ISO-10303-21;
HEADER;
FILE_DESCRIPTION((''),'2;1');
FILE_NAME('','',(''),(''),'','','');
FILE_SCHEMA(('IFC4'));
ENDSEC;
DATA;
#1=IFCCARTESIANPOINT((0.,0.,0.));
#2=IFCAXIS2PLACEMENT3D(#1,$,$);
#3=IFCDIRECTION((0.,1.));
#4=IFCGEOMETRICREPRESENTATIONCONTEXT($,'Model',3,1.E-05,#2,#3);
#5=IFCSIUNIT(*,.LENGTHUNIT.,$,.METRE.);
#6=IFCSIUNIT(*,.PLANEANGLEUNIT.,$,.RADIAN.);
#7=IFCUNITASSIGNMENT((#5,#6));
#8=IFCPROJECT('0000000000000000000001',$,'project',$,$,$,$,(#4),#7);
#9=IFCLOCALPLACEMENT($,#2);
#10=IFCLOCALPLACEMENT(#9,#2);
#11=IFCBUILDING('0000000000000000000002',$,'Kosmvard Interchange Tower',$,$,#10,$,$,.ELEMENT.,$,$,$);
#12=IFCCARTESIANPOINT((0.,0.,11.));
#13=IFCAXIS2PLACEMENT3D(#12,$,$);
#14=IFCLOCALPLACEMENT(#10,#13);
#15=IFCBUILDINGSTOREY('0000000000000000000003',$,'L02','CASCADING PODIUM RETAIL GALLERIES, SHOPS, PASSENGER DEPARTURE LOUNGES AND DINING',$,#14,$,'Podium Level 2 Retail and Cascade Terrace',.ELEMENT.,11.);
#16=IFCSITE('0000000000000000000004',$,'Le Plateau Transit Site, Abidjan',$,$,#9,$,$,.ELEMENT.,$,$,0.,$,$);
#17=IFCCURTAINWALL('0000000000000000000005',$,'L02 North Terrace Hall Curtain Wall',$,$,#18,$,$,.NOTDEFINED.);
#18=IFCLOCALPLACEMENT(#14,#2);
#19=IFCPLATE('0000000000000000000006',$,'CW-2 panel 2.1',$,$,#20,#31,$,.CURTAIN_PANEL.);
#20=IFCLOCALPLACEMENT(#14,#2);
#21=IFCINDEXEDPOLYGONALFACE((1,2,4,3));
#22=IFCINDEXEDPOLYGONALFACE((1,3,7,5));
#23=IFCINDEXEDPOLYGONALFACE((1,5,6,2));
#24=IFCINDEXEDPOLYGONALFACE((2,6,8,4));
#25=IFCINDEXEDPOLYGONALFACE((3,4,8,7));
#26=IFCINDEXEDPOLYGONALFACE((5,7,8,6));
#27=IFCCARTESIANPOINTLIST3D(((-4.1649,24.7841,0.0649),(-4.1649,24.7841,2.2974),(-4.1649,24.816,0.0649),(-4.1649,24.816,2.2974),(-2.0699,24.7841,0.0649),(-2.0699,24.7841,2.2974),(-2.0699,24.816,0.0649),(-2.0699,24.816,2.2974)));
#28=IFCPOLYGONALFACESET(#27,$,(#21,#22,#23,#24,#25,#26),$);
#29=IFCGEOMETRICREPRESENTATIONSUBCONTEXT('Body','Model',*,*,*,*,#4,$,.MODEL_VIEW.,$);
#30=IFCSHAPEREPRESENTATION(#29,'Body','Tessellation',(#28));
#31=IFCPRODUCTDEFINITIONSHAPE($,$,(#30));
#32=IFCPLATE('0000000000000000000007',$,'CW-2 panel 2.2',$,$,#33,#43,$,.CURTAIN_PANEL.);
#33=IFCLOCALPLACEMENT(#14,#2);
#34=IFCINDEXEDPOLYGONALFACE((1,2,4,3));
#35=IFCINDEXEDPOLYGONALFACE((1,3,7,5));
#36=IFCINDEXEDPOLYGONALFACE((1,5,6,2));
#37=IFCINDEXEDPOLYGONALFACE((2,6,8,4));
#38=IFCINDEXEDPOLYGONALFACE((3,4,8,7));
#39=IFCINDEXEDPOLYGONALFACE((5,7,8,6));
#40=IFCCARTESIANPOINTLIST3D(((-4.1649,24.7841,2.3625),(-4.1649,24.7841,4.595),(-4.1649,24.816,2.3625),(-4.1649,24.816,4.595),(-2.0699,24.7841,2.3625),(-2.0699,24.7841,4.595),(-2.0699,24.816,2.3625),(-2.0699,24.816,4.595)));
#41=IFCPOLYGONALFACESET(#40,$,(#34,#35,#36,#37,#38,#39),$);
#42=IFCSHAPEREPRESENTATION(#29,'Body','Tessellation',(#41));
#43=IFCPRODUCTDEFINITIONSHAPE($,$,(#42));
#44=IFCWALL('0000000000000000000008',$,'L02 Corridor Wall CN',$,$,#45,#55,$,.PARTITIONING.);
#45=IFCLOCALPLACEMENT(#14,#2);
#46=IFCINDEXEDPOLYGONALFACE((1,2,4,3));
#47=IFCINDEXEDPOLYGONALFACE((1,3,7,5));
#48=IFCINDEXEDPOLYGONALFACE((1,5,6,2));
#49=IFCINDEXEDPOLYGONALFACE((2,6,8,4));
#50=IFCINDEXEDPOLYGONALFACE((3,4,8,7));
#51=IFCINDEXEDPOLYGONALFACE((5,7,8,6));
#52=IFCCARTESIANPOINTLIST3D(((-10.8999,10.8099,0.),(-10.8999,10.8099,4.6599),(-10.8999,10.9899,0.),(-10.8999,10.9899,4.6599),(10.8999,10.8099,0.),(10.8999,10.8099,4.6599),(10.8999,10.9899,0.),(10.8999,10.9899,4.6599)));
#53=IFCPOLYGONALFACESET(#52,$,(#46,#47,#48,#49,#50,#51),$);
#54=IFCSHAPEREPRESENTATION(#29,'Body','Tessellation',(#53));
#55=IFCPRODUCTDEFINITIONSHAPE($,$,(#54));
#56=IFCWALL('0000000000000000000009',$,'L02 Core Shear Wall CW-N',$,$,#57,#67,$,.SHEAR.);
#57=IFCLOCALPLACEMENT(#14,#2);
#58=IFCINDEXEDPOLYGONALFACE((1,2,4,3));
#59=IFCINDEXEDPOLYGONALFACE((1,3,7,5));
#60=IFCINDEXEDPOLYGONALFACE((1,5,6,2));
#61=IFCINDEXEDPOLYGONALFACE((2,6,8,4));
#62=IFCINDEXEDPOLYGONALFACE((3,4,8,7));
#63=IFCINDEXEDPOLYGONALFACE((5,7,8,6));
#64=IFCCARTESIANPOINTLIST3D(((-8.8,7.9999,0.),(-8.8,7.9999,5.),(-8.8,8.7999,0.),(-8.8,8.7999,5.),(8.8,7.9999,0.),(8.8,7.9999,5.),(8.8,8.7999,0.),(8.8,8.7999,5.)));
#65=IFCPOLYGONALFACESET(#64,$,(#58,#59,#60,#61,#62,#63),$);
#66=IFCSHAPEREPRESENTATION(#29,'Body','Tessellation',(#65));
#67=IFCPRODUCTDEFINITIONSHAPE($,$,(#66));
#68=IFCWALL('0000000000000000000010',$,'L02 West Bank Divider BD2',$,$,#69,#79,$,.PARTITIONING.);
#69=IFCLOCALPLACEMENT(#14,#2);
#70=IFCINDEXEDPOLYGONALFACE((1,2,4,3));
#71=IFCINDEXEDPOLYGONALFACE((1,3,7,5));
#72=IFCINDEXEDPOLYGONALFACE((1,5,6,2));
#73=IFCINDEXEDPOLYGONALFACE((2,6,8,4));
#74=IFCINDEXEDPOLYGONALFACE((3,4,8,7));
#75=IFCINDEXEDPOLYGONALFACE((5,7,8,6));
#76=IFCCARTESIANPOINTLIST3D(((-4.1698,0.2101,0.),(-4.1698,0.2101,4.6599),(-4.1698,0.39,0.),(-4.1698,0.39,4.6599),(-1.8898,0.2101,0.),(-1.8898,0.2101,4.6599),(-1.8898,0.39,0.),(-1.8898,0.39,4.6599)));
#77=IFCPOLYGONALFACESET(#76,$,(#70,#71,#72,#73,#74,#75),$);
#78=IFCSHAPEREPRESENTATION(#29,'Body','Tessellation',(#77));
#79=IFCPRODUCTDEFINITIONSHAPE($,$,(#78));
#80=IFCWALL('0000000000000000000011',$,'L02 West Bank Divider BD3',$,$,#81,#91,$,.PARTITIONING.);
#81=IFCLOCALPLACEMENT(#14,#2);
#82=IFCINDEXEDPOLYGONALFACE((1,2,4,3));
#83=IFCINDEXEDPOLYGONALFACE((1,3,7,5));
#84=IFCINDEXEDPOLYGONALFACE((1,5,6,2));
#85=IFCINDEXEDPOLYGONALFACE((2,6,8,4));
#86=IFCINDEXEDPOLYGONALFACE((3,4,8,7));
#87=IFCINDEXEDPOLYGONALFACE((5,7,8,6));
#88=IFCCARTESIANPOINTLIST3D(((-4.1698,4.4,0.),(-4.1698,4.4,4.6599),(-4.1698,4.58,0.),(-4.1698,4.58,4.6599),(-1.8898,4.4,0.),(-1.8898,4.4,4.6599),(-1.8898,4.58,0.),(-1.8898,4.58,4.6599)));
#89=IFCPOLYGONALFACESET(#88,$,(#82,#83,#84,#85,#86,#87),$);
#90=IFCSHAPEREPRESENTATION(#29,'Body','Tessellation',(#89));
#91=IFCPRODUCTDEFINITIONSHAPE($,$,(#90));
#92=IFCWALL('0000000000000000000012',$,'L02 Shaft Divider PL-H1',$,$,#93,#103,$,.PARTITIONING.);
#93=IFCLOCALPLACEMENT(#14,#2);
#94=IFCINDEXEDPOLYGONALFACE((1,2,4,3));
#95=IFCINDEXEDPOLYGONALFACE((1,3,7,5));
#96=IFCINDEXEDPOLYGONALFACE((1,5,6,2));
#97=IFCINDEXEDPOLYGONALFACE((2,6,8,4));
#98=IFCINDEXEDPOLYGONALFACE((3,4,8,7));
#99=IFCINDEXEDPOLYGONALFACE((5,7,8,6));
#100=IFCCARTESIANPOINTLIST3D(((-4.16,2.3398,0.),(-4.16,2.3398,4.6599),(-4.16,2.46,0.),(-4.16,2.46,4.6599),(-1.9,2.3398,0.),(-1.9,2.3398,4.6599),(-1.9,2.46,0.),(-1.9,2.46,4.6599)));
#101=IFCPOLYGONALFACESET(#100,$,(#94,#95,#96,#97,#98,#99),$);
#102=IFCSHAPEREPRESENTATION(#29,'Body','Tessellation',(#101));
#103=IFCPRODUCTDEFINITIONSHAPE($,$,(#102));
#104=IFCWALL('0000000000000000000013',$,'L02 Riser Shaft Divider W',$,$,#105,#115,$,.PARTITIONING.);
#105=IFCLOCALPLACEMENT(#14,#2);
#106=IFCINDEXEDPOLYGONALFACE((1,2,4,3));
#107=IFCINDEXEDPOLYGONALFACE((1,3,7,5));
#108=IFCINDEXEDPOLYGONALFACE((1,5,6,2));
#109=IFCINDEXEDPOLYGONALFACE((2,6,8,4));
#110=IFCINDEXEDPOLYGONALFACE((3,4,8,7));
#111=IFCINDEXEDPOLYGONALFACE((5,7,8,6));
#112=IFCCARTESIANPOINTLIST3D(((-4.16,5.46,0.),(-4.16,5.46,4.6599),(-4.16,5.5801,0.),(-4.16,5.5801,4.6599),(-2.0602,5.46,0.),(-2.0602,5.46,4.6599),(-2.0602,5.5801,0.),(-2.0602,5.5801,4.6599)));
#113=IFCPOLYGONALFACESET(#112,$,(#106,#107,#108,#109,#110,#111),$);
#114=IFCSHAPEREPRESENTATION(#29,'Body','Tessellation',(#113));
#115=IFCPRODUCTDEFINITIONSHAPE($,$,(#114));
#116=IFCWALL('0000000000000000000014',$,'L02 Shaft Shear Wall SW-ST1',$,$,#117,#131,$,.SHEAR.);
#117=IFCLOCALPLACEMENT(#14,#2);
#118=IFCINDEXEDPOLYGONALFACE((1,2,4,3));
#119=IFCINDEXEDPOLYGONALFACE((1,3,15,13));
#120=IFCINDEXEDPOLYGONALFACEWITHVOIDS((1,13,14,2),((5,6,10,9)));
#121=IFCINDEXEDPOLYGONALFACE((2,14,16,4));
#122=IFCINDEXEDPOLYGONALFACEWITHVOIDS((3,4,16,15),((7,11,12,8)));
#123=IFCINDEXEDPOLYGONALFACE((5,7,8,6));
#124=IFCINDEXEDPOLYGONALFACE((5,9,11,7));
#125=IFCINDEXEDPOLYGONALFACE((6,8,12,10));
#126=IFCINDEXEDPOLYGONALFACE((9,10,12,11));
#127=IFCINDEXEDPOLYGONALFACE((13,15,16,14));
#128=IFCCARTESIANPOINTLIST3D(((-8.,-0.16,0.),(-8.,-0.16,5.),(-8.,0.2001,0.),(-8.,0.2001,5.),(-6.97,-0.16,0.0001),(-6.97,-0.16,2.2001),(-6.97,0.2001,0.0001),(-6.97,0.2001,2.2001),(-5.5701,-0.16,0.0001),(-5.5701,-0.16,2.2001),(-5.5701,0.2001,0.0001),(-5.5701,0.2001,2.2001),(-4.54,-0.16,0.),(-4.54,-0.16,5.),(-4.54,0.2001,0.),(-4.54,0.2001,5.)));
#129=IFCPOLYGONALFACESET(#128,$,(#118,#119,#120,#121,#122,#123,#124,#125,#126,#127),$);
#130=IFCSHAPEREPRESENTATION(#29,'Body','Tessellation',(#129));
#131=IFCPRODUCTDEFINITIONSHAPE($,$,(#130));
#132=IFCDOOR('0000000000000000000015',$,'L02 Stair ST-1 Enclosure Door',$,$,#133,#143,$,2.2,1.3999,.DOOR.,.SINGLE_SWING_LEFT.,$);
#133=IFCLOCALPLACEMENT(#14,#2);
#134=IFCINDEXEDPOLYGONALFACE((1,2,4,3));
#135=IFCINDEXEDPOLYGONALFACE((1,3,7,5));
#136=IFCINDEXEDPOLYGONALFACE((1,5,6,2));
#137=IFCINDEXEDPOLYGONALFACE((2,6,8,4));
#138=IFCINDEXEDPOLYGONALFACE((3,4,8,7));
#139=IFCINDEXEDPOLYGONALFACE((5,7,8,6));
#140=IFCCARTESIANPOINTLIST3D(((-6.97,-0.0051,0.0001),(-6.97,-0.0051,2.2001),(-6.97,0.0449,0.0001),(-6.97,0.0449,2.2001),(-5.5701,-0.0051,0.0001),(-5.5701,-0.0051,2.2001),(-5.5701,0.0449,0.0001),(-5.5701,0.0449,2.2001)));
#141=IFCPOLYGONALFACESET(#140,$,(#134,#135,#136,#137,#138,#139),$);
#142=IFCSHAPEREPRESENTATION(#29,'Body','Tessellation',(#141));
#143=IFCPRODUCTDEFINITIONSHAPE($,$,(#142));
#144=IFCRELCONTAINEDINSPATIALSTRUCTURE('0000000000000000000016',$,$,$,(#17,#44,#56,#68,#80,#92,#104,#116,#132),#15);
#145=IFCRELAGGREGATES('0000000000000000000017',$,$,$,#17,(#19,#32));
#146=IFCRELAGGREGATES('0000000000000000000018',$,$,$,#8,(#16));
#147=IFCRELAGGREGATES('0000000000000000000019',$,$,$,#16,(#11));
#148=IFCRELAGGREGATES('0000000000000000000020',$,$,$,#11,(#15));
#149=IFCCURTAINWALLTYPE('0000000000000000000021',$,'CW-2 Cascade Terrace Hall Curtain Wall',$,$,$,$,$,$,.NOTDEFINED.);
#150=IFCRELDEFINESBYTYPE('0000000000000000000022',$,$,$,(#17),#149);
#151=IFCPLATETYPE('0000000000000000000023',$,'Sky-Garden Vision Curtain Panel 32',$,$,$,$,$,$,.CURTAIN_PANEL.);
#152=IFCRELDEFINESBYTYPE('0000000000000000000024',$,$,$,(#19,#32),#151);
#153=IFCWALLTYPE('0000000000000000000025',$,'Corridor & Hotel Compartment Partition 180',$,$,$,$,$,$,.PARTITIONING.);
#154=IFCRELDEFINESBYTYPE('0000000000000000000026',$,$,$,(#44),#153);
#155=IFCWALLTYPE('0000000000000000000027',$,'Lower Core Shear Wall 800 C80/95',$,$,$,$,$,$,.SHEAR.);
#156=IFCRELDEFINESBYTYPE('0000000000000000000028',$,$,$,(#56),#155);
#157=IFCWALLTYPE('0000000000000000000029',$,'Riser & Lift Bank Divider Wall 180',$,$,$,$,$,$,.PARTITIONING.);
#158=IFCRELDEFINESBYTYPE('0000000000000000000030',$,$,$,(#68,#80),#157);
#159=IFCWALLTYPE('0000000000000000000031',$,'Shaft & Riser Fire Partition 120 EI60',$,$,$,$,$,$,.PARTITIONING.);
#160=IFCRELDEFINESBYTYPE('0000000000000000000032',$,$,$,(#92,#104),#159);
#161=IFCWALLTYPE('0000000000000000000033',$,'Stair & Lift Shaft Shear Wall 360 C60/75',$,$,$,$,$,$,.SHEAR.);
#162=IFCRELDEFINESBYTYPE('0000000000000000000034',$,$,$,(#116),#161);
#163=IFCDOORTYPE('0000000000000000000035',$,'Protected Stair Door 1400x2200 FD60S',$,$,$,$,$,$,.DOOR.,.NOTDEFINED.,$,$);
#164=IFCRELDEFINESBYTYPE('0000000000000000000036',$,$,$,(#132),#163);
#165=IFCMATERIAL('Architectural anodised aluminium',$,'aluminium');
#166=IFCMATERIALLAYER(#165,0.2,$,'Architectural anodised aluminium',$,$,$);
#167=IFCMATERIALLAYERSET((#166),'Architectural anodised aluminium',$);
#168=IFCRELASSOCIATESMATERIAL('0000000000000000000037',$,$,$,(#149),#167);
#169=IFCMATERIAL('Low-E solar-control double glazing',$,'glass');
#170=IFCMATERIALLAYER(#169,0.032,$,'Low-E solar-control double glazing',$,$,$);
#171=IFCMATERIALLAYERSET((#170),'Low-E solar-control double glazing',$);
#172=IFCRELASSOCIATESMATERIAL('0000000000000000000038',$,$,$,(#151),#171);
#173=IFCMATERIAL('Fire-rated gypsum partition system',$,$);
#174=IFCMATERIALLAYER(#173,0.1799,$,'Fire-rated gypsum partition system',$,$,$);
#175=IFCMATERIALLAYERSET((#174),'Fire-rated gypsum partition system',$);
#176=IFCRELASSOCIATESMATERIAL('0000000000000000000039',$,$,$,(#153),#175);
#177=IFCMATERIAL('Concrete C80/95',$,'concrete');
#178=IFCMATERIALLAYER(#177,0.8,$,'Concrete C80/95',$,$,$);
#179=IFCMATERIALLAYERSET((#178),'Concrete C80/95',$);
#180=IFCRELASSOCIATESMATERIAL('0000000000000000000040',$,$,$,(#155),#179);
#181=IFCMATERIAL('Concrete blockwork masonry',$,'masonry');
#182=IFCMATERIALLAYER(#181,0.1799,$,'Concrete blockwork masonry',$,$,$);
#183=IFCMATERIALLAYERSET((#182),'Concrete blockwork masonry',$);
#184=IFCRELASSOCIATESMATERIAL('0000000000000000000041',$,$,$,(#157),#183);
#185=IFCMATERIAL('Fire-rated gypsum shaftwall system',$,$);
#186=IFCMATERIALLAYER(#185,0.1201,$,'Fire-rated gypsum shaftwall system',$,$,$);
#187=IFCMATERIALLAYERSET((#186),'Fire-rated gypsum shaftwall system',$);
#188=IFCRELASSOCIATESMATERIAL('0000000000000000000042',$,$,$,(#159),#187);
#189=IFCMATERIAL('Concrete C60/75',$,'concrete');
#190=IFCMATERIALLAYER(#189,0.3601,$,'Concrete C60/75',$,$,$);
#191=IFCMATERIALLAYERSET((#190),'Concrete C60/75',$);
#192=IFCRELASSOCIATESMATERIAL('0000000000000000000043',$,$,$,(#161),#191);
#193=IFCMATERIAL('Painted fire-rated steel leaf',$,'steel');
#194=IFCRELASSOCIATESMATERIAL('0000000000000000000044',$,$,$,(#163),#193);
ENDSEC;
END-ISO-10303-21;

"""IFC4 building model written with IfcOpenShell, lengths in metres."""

from ifc_helpers import new_model, si_unit, direction, frame, frame_2d, origin, origin_2d, place, context, subcontext, project, spatial, rectangle, extrude, source, transform, mapped, material, layer, layer_set, type_object, element, fill, aggregate, save


model = new_model("IFC4")

# Units and contexts
model_context = context("Model", 3, precision=1e-05, world=origin(), true_north=direction((0.0, 1.0)))
body_context = subcontext(model_context, "Body", "Model", "MODEL_VIEW")
ifc_project = project(units=[si_unit("LENGTHUNIT", "METRE"), si_unit("PLANEANGLEUNIT", "RADIAN")], contexts=[model_context])

# Site, building, storey
site_placement = place(None, origin())
site = spatial("IfcSite", under=ifc_project, at=site_placement, Name="Le Plateau Transit Site, Abidjan", CompositionType="ELEMENT", RefElevation=0.0)
building_placement = place(site_placement, origin())
building = spatial("IfcBuilding", under=site, at=building_placement, Name="Kosmvard Interchange Tower", CompositionType="ELEMENT")
storey_placement = place(building_placement, frame((0.0, 0.0, 11.0)))
storey = spatial("IfcBuildingStorey", under=building, at=storey_placement, Name="L02", Description="CASCADING PODIUM RETAIL GALLERIES, SHOPS, PASSENGER DEPARTURE LOUNGES AND DINING", LongName="Podium Level 2 Retail and Cascade Terrace", CompositionType="ELEMENT", Elevation=11.0)

# Shared definitions
ifc_material_1 = material(Name="Concrete C80/95", Category="concrete")

# Shared definitions
ifc_material_2 = material(Name="Concrete C60/75", Category="concrete")

# Curtain wall, plates
ifc_material_3 = material(Name="Architectural anodised aluminium", Category="aluminium")
ifc_layer_1 = layer(ifc_material_3, 0.2, Name="Architectural anodised aluminium")
ifc_layer_set_1 = layer_set([ifc_layer_1], Name="Architectural anodised aluminium")
curtain_wall_type = type_object("IfcCurtainWallType", Name="CW-2 Cascade Terrace Hall Curtain Wall", PredefinedType="NOTDEFINED", material=ifc_layer_set_1)
curtain_wall_placement = place(storey_placement, origin())
curtain_wall = element("IfcCurtainWall", 1, at=curtain_wall_placement, inside=storey, type_object=curtain_wall_type, Name="L02 North Terrace Hall Curtain Wall", PredefinedType="NOTDEFINED")
ifc_material_4 = material(Name="Low-E solar-control double glazing", Category="glass")
ifc_layer_2 = layer(ifc_material_4, 0.032, Name="Low-E solar-control double glazing")
ifc_layer_set_2 = layer_set([ifc_layer_2], Name="Low-E solar-control double glazing")
plate_type = type_object("IfcPlateType", Name="Sky-Garden Vision Curtain Panel 32", PredefinedType="CURTAIN_PANEL", material=ifc_layer_set_2)
shared_shape_1 = source(origin(), body_context, "Body", "SweptSolid", [
    extrude(rectangle(XDim=2.095, YDim=0.032, at=origin_2d()), origin(), (0.0, 0.0, 1.0), 2.2324),
])
plate_1_placement = place(storey_placement, frame((-3.1174, 24.8, 0.0649), z_axis=(0.0, 0.0, 1.0), x_axis=(1.0, 0.0, 0.0)))
plate_1 = element("IfcPlate", 2, at=plate_1_placement, type_object=plate_type, Name="CW-2 panel 2.1", PredefinedType="CURTAIN_PANEL", context=body_context, shape_type="MappedRepresentation", body=[
    mapped(shared_shape_1, transform((0.0, 0.0, 0.0), scale=1.0)),
])
plate_2_placement = place(storey_placement, frame((-3.1174, 24.8, 2.3625), z_axis=(0.0, 0.0, 1.0), x_axis=(1.0, 0.0, 0.0)))
plate_2 = element("IfcPlate", 3, at=plate_2_placement, type_object=plate_type, Name="CW-2 panel 2.2", PredefinedType="CURTAIN_PANEL", context=body_context, shape_type="MappedRepresentation", body=[
    mapped(shared_shape_1, transform((0.0, 0.0, 0.0), scale=1.0)),
])
aggregate(curtain_wall, [plate_1, plate_2])

# Walls
ifc_material_5 = material(Name="Fire-rated gypsum partition system")
ifc_layer_3 = layer(ifc_material_5, 0.1799, Name="Fire-rated gypsum partition system")
ifc_layer_set_3 = layer_set([ifc_layer_3], Name="Fire-rated gypsum partition system")
wall_type_1 = type_object("IfcWallType", Name="Corridor & Hotel Compartment Partition 180", PredefinedType="PARTITIONING", material=ifc_layer_set_3)
wall_1_placement = place(storey_placement, frame((-10.8999, 10.8999, 0.0), z_axis=(0.0, 0.0, 1.0), x_axis=(1.0, 0.0, 0.0)))
element("IfcWall", 4, at=wall_1_placement, inside=storey, type_object=wall_type_1, Name="L02 Corridor Wall CN", PredefinedType="PARTITIONING", context=body_context, shape_type="SweptSolid", body=[
    extrude(rectangle(XDim=21.7998, YDim=0.1799, at=frame_2d((10.8999, 0.0))), origin(), (0.0, 0.0, 1.0), 4.6599),
])
ifc_layer_4 = layer(ifc_material_1, 0.8, Name="Concrete C80/95")
ifc_layer_set_4 = layer_set([ifc_layer_4], Name="Concrete C80/95")
wall_type_2 = type_object("IfcWallType", Name="Lower Core Shear Wall 800 C80/95", PredefinedType="SHEAR", material=ifc_layer_set_4)
wall_2_placement = place(storey_placement, frame((-8.8, 8.3999, 0.0), z_axis=(0.0, 0.0, 1.0), x_axis=(1.0, 0.0, 0.0)))
element("IfcWall", 5, at=wall_2_placement, inside=storey, type_object=wall_type_2, Name="L02 Core Shear Wall CW-N", PredefinedType="SHEAR", context=body_context, shape_type="SweptSolid", body=[
    extrude(rectangle(XDim=17.6001, YDim=0.8, at=frame_2d((8.8, 0.0))), origin(), (0.0, 0.0, 1.0), 5.0),
])
ifc_material_6 = material(Name="Concrete blockwork masonry", Category="masonry")
ifc_layer_5 = layer(ifc_material_6, 0.1799, Name="Concrete blockwork masonry")
ifc_layer_set_5 = layer_set([ifc_layer_5], Name="Concrete blockwork masonry")
wall_type_3 = type_object("IfcWallType", Name="Riser & Lift Bank Divider Wall 180", PredefinedType="PARTITIONING", material=ifc_layer_set_5)
for number, where, z_axis, x_axis, name in (
    (6, (-4.1699, 0.3, 0.0), (0.0, 0.0, 1.0), (1.0, 0.0, 0.0), "L02 West Bank Divider BD2"),
    (7, (-4.1699, 4.49, 0.0), (0.0, 0.0, 1.0), (1.0, 0.0, 0.0), "L02 West Bank Divider BD3"),
):
    element("IfcWall", number, at=place(storey_placement, frame(where, z_axis=z_axis, x_axis=x_axis)), inside=storey, type_object=wall_type_3, Name=name, PredefinedType="PARTITIONING", context=body_context, shape_type="SweptSolid", body=[
        extrude(rectangle(XDim=2.28, YDim=0.1799, at=frame_2d((1.1401, 0.0))), origin(), (0.0, 0.0, 1.0), 4.6599),
    ])
ifc_material_7 = material(Name="Fire-rated gypsum shaftwall system")
ifc_layer_6 = layer(ifc_material_7, 0.1201, Name="Fire-rated gypsum shaftwall system")
ifc_layer_set_6 = layer_set([ifc_layer_6], Name="Fire-rated gypsum shaftwall system")
wall_type_4 = type_object("IfcWallType", Name="Shaft & Riser Fire Partition 120 EI60", PredefinedType="PARTITIONING", material=ifc_layer_set_6)
wall_3_placement = place(storey_placement, frame((-4.1599, 2.3999, 0.0), z_axis=(0.0, 0.0, 1.0), x_axis=(1.0, 0.0, 0.0)))
element("IfcWall", 8, at=wall_3_placement, inside=storey, type_object=wall_type_4, Name="L02 Shaft Divider PL-H1", PredefinedType="PARTITIONING", context=body_context, shape_type="SweptSolid", body=[
    extrude(rectangle(XDim=2.26, YDim=0.1201, at=frame_2d((1.1299, 0.0))), origin(), (0.0, 0.0, 1.0), 4.6599),
])
wall_4_placement = place(storey_placement, frame((-4.1599, 5.52, 0.0), z_axis=(0.0, 0.0, 1.0), x_axis=(1.0, 0.0, 0.0)))
element("IfcWall", 9, at=wall_4_placement, inside=storey, type_object=wall_type_4, Name="L02 Riser Shaft Divider W", PredefinedType="PARTITIONING", context=body_context, shape_type="SweptSolid", body=[
    extrude(rectangle(XDim=2.0999, YDim=0.1201, at=frame_2d((1.0498, 0.0))), origin(), (0.0, 0.0, 1.0), 4.6599),
])

# Wall, opening, door
ifc_layer_7 = layer(ifc_material_2, 0.3601, Name="Concrete C60/75")
ifc_layer_set_7 = layer_set([ifc_layer_7], Name="Concrete C60/75")
wall_type_5 = type_object("IfcWallType", Name="Stair & Lift Shaft Shear Wall 360 C60/75", PredefinedType="SHEAR", material=ifc_layer_set_7)
wall_5_placement = place(storey_placement, frame((-8.0, 0.02, 0.0), z_axis=(0.0, 0.0, 1.0), x_axis=(1.0, 0.0, 0.0)))
wall_5 = element("IfcWall", 10, at=wall_5_placement, inside=storey, type_object=wall_type_5, Name="L02 Shaft Shear Wall SW-ST1", PredefinedType="SHEAR", context=body_context, shape_type="SweptSolid", body=[
    extrude(rectangle(XDim=3.46, YDim=0.3601, at=frame_2d((1.73, 0.0))), origin(), (0.0, 0.0, 1.0), 5.0),
])
opening_placement = place(wall_5_placement, frame((1.03, 0.0, 0.0)))
opening = element("IfcOpeningElement", 11, at=opening_placement, cuts=wall_5, PredefinedType="OPENING", context=body_context, shape_type="SweptSolid", body=[
    extrude(rectangle(XDim=1.3999, YDim=2.2, at=frame_2d((0.7, 1.1001))), frame((0.0, 0.1899, 0.0), z_axis=(0.0, -1.0, 0.0), x_axis=(1.0, 0.0, 0.0)), (0.0, 0.0, 1.0), 0.3801),
])
ifc_material_8 = material(Name="Painted fire-rated steel leaf", Category="steel")
door_type = type_object("IfcDoorType", Name="Protected Stair Door 1400x2200 FD60S", OperationType="NOTDEFINED", PredefinedType="DOOR", material=ifc_material_8)
shared_shape_2 = source(origin(), body_context, "Body", "SweptSolid", [
    extrude(rectangle(XDim=1.3999, YDim=2.2, at=frame_2d((0.7, 1.1001))), frame((0.0, 0.0249, 0.0), z_axis=(0.0, -1.0, 0.0), x_axis=(1.0, 0.0, 0.0)), (0.0, 0.0, 1.0), 0.05),
])
door_placement = place(opening_placement, origin())
door = element("IfcDoor", 12, at=door_placement, inside=storey, type_object=door_type, Name="L02 Stair ST-1 Enclosure Door", OperationType="SINGLE_SWING_LEFT", OverallHeight=2.2, OverallWidth=1.3999, PredefinedType="DOOR", context=body_context, shape_type="MappedRepresentation", body=[
    mapped(shared_shape_2, transform((0.0, 0.0, 0.0), scale=1.0)),
])
fill(opening, door)

save(model, "model.ifc")
